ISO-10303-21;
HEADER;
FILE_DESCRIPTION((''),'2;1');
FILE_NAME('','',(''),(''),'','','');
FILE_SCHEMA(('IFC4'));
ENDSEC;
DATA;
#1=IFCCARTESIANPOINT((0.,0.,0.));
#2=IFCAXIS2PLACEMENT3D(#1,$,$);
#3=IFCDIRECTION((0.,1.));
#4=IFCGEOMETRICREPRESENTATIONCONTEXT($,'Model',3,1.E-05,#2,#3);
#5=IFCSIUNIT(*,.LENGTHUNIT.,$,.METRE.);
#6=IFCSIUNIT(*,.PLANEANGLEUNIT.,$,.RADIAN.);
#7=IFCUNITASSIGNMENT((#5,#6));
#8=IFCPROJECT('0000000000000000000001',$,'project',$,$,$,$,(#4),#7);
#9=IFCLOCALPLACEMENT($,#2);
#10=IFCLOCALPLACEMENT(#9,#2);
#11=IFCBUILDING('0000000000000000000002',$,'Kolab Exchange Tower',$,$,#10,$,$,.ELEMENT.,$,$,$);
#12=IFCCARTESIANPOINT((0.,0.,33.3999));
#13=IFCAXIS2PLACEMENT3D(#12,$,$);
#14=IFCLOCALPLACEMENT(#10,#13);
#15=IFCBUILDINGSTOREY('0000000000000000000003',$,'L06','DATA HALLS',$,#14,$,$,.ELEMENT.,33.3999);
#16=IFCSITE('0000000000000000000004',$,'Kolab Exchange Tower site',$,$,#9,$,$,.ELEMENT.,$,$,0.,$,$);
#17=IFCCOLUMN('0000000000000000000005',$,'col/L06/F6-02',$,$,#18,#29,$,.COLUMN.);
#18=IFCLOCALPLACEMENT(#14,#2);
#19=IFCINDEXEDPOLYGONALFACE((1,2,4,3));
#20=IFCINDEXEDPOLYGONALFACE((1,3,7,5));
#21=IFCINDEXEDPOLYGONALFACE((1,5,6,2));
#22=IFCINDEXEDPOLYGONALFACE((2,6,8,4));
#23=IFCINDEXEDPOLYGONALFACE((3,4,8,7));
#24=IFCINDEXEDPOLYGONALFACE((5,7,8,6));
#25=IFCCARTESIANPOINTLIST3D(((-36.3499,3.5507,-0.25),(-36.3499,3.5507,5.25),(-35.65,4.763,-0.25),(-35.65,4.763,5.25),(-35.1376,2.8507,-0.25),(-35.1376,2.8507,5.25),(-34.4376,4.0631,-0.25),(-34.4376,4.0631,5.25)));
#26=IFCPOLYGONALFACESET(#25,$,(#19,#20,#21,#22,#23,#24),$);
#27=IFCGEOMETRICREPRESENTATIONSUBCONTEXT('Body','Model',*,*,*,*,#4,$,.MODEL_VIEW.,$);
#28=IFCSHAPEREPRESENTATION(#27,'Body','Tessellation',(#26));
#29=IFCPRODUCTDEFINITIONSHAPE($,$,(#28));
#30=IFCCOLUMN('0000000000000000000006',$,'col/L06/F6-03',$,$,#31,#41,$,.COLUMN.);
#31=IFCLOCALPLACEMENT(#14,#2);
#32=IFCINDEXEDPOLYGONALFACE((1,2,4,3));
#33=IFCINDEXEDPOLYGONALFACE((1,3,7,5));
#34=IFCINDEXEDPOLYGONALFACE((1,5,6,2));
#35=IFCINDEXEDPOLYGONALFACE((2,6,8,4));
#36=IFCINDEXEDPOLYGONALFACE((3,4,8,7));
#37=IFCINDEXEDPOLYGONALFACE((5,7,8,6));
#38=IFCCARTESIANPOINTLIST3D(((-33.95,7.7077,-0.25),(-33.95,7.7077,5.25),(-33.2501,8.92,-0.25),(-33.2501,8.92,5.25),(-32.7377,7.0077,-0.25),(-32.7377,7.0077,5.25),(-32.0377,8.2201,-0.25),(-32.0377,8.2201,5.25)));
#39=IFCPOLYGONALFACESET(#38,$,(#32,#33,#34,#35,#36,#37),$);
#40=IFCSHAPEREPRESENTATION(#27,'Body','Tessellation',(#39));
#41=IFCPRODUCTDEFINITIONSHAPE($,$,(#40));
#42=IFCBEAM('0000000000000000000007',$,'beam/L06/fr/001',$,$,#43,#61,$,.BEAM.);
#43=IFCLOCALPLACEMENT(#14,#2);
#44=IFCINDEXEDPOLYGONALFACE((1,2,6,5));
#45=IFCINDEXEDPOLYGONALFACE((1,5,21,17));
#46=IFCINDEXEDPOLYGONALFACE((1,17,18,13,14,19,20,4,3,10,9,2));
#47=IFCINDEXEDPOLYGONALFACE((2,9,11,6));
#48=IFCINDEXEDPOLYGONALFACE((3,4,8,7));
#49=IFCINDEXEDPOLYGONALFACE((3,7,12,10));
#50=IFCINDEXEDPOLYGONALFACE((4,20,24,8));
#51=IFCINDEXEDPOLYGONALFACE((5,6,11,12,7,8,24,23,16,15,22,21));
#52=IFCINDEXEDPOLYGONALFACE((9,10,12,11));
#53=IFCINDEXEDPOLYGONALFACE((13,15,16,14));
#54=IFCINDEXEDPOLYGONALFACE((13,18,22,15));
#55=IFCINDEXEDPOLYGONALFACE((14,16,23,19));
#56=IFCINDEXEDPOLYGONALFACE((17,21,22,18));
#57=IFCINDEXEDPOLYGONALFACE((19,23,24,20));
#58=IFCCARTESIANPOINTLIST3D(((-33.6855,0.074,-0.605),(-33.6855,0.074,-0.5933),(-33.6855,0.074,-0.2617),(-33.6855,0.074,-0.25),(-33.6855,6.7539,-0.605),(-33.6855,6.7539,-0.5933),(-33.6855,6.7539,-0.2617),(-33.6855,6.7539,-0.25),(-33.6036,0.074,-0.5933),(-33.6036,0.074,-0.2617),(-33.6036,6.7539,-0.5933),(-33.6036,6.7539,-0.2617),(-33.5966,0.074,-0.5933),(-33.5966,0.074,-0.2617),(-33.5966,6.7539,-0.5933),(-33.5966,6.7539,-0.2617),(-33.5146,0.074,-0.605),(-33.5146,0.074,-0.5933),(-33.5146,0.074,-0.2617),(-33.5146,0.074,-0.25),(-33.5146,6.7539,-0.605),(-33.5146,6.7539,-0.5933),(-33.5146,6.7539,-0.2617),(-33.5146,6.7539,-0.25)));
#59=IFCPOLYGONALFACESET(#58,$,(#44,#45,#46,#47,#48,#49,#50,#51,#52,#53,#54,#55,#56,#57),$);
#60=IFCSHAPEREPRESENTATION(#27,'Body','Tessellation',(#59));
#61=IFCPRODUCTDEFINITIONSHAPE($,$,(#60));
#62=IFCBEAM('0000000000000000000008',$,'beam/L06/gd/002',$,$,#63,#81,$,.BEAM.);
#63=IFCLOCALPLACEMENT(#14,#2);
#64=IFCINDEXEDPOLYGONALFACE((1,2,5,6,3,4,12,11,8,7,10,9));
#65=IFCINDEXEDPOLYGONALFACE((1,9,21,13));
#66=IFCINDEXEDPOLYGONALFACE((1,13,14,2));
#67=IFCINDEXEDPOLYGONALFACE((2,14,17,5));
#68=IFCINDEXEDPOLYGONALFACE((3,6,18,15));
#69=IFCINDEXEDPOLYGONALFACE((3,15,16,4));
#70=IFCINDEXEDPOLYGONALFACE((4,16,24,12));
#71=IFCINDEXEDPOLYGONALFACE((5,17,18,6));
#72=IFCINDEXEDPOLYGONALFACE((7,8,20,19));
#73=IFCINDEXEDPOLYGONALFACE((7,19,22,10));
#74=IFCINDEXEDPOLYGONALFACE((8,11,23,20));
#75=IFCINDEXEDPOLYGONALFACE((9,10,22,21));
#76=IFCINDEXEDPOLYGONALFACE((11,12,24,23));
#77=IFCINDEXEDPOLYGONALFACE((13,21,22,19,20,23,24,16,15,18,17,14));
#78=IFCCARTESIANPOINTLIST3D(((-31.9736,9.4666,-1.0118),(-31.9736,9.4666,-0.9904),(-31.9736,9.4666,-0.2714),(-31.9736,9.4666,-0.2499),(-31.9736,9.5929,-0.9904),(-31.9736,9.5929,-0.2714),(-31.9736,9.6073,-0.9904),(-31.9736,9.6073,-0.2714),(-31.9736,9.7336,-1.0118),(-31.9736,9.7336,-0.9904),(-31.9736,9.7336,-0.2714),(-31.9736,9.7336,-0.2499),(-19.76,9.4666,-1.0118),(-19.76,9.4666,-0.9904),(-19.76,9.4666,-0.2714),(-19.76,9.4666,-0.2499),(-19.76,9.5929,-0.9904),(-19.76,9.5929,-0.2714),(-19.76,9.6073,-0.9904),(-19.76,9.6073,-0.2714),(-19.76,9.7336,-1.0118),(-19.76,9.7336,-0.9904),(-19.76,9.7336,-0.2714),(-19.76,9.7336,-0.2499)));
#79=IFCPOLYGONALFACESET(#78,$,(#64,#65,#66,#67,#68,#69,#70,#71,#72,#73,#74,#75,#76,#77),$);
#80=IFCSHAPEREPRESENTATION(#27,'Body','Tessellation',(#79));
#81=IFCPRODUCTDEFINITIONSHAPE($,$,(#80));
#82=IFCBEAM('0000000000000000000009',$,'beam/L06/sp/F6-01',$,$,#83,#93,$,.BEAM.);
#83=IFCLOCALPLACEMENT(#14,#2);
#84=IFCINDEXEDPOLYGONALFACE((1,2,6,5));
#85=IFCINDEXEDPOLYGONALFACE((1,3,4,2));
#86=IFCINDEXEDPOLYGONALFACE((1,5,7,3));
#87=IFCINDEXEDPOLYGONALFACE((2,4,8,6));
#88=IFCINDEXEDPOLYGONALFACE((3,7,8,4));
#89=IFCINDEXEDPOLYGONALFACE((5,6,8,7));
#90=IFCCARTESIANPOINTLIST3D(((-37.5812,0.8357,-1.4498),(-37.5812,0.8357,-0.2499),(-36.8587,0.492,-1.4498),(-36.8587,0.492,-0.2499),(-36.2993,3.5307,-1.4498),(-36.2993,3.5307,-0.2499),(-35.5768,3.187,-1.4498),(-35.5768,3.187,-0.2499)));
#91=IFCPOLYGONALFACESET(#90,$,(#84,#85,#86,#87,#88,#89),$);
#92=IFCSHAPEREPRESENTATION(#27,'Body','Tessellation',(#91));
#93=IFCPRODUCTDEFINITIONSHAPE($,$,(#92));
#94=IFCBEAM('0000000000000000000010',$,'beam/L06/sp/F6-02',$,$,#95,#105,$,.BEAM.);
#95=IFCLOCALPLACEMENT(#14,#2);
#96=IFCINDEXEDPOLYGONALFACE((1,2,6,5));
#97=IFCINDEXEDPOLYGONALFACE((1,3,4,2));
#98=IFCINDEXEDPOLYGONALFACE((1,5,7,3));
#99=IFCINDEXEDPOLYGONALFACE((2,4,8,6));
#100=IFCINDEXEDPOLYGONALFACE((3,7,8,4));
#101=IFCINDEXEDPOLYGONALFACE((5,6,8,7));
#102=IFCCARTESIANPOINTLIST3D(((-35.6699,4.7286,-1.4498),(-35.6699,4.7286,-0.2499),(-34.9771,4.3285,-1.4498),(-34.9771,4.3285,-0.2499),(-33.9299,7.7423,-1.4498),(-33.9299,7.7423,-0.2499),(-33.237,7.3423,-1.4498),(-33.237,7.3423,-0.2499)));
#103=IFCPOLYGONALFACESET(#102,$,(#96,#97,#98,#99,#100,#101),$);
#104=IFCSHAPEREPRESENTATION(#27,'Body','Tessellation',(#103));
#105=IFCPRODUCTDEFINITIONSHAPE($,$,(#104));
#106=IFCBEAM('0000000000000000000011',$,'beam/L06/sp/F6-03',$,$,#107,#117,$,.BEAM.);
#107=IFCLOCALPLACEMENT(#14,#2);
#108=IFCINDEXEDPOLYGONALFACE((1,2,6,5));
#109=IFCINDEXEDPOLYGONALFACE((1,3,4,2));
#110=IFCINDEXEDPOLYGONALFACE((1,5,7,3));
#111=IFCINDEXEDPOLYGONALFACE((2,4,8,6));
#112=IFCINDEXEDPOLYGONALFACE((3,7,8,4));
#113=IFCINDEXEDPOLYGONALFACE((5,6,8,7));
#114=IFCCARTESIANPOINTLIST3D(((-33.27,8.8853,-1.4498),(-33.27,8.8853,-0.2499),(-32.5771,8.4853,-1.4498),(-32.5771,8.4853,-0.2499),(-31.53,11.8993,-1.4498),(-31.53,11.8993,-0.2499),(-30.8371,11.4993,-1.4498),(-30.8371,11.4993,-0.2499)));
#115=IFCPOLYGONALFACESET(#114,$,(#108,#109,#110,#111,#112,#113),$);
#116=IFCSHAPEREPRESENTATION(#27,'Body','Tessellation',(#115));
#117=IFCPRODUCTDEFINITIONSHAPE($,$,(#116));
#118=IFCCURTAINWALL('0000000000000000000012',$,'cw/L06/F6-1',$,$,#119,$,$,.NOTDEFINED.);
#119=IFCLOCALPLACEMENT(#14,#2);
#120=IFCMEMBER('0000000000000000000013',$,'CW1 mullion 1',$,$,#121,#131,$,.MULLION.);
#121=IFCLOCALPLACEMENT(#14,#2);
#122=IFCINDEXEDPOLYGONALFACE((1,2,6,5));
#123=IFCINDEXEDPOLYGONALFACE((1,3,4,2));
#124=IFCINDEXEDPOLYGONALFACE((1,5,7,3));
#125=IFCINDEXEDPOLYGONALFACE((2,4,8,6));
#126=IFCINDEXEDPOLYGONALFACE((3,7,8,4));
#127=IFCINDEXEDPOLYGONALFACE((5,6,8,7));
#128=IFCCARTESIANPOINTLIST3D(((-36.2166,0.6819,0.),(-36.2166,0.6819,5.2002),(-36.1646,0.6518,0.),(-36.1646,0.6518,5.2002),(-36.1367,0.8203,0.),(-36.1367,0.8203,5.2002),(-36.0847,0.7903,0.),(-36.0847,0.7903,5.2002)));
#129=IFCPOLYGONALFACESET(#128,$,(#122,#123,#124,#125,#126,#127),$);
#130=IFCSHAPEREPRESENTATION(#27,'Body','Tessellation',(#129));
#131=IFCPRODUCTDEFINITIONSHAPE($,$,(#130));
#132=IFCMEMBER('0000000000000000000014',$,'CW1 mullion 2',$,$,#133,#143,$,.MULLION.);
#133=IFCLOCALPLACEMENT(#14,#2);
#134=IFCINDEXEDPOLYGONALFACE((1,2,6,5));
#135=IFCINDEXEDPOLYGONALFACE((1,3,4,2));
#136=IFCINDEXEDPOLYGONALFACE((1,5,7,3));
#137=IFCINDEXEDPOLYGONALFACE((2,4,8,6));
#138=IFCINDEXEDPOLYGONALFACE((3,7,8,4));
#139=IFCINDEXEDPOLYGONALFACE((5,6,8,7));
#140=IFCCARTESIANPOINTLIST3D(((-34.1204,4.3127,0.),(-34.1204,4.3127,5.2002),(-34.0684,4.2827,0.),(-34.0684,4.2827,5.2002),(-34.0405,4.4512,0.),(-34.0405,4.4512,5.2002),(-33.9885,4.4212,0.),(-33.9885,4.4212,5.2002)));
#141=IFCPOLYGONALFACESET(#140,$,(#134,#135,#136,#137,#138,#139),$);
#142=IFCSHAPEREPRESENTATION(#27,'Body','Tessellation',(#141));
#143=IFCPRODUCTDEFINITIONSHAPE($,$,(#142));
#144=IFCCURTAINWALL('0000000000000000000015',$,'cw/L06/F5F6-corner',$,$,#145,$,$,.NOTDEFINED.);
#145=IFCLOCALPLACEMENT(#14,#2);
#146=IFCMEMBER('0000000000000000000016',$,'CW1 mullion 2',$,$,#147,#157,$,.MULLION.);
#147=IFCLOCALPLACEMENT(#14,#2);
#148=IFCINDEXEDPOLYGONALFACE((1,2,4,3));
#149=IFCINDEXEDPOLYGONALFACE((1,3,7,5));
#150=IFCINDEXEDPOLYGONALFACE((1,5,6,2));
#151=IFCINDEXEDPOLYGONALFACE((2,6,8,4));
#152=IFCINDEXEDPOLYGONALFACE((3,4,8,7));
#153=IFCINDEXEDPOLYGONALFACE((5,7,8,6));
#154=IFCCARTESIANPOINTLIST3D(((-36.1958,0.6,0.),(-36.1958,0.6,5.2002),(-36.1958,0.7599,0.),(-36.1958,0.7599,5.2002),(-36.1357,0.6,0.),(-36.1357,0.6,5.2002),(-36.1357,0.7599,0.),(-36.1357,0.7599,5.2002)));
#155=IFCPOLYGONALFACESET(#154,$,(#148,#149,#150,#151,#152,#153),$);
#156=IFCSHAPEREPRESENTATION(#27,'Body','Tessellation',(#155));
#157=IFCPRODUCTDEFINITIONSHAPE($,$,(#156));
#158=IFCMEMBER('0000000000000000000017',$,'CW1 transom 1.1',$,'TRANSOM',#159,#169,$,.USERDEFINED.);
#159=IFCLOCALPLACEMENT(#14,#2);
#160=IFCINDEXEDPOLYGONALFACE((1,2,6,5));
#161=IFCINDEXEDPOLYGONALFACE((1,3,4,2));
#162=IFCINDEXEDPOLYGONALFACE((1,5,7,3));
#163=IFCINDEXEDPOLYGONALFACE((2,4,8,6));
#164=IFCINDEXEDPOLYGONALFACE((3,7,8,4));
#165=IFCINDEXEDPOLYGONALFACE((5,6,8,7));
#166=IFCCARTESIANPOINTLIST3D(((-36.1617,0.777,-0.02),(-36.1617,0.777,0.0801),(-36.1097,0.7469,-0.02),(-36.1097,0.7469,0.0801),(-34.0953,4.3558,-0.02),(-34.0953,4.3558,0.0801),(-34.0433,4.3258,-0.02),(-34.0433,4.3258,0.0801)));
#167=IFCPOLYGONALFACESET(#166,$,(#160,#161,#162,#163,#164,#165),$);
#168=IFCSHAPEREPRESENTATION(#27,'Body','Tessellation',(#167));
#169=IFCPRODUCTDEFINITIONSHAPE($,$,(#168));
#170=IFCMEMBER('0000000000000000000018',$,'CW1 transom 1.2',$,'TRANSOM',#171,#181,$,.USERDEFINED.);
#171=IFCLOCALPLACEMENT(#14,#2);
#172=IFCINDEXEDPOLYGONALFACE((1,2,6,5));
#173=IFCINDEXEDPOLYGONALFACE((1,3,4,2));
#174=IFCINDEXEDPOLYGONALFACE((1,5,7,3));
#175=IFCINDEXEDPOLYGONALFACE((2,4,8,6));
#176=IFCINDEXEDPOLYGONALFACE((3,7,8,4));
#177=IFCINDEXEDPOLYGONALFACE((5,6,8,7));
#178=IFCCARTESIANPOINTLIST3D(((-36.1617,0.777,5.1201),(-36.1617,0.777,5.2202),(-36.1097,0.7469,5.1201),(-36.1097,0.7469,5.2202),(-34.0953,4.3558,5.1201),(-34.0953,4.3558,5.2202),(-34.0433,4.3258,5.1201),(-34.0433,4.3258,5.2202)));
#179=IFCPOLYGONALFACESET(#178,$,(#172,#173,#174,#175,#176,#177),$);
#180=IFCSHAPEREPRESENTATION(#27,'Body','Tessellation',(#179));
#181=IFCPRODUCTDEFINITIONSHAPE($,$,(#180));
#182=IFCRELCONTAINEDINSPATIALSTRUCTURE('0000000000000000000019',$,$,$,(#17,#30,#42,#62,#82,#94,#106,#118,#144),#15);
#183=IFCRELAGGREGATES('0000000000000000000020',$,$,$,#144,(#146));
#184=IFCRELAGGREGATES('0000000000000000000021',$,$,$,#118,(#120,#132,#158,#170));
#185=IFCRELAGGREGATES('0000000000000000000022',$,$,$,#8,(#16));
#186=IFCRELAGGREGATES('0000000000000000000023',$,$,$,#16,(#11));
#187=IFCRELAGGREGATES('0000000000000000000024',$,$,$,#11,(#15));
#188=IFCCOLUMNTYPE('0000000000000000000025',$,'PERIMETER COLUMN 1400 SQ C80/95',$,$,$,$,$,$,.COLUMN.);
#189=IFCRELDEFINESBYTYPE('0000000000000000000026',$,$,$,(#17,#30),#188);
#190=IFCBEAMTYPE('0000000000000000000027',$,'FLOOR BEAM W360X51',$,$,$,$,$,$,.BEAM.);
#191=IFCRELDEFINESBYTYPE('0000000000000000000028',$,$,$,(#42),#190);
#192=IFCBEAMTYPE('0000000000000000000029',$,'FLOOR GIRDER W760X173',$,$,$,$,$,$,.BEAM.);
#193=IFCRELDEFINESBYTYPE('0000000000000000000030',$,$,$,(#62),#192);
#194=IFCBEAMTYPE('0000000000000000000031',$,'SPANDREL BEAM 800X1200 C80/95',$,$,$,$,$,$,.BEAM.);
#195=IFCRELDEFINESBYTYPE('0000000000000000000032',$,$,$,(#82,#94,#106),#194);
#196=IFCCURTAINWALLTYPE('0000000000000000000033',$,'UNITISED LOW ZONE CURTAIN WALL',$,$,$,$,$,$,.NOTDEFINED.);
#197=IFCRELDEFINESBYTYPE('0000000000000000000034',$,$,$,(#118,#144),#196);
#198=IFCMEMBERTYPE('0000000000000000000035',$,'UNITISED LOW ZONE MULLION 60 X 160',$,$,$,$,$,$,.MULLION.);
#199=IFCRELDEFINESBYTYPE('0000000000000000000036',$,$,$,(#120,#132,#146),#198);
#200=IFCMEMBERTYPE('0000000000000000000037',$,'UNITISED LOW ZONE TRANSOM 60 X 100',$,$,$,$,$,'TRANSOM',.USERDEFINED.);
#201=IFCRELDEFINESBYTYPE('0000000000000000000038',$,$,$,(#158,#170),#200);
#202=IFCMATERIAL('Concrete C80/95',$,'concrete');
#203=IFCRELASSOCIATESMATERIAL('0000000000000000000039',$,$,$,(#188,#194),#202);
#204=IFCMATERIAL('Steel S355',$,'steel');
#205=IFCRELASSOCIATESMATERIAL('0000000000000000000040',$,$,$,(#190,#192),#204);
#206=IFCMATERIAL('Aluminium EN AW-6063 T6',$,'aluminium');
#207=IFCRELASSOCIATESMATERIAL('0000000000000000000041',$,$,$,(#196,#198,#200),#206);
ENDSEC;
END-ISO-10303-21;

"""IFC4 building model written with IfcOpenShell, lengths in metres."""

from ifc_helpers import new_model, si_unit, direction, frame, origin, origin_2d, place, context, subcontext, project, spatial, rectangle, i_section, extrude, material, material_profile, profile_set, type_object, element, aggregate, save


model = new_model("IFC4")

# Units and contexts
model_context = context("Model", 3, precision=1e-05, world=origin(), true_north=direction((0.0, 1.0)))
body_context = subcontext(model_context, "Body", "Model", "MODEL_VIEW")
ifc_project = project(units=[si_unit("LENGTHUNIT", "METRE"), si_unit("PLANEANGLEUNIT", "RADIAN")], contexts=[model_context])

# Site, building, storey
site_placement = place(None, origin())
site = spatial("IfcSite", under=ifc_project, at=site_placement, Name="Kolab Exchange Tower site", CompositionType="ELEMENT", RefElevation=0.0)
building_placement = place(site_placement, origin())
building = spatial("IfcBuilding", under=site, at=building_placement, Name="Kolab Exchange Tower", CompositionType="ELEMENT")
storey_placement = place(building_placement, frame((0.0, 0.0, 33.3999)))
storey = spatial("IfcBuildingStorey", under=building, at=storey_placement, Name="L06", Description="DATA HALLS", CompositionType="ELEMENT", Elevation=33.3999)

# Columns
ifc_material_1 = material(Name="Concrete C80/95", Category="concrete")
ifc_material_profile_1 = material_profile(ifc_material_1, rectangle(XDim=1.3999, YDim=1.3999, at=origin_2d()), Name="RC1400")
ifc_profile_set_1 = profile_set([ifc_material_profile_1], Name="Concrete C80/95")
column_type = type_object("IfcColumnType", Name="PERIMETER COLUMN 1400 SQ C80/95", PredefinedType="COLUMN", material=ifc_profile_set_1)
for number, where, z_axis, x_axis, name in (
    (1, (-35.3938, 3.8069, -0.25), (0.0, 0.0, 1.0), (0.5, 0.866025, 0.0), "col/L06/F6-02"),
    (2, (-32.9939, 7.9639, -0.25), (0.0, 0.0, 1.0), (0.5, 0.866025, 0.0), "col/L06/F6-03"),
):
    element("IfcColumn", number, at=place(storey_placement, frame(where, z_axis=z_axis, x_axis=x_axis)), inside=storey, type_object=column_type, Name=name, PredefinedType="COLUMN", context=body_context, shape_type="SweptSolid", body=[
        extrude(rectangle(XDim=1.3999, YDim=1.3999, at=origin_2d()), origin(), (0.0, 0.0, 1.0), 5.5),
    ])

# Beams
ifc_material_2 = material(Name="Steel S355", Category="steel")
ifc_material_profile_2 = material_profile(ifc_material_2, i_section(OverallWidth=0.1709, OverallDepth=0.355, WebThickness=0.0071, FlangeThickness=0.0117, at=origin_2d()), Name="W360X51")
ifc_profile_set_2 = profile_set([ifc_material_profile_2], Name="Steel S355")
beam_type_1 = type_object("IfcBeamType", Name="FLOOR BEAM W360X51", PredefinedType="BEAM", material=ifc_profile_set_2)
beam_1_placement = place(storey_placement, frame((-33.6001, 0.074, -0.4275), z_axis=(0.0, 1.0, 0.0), x_axis=(-1.0, 0.0, 0.0)))
element("IfcBeam", 3, at=beam_1_placement, inside=storey, type_object=beam_type_1, Name="beam/L06/fr/001", PredefinedType="BEAM", context=body_context, shape_type="SweptSolid", body=[
    extrude(i_section(OverallWidth=0.1709, OverallDepth=0.355, WebThickness=0.0071, FlangeThickness=0.0117, at=origin_2d()), origin(), (0.0, 0.0, 1.0), 6.6799),
])
ifc_material_profile_3 = material_profile(ifc_material_2, i_section(OverallWidth=0.2671, OverallDepth=0.762, WebThickness=0.0144, FlangeThickness=0.0215, at=origin_2d()), Name="W760X173")
ifc_profile_set_3 = profile_set([ifc_material_profile_3], Name="Steel S355")
beam_type_2 = type_object("IfcBeamType", Name="FLOOR GIRDER W760X173", PredefinedType="BEAM", material=ifc_profile_set_3)
beam_2_placement = place(storey_placement, frame((-31.9736, 9.6001, -0.6309), z_axis=(1.0, 0.0, 0.0), x_axis=(0.0, 1.0, 0.0)))
element("IfcBeam", 4, at=beam_2_placement, inside=storey, type_object=beam_type_2, Name="beam/L06/gd/002", PredefinedType="BEAM", context=body_context, shape_type="SweptSolid", body=[
    extrude(i_section(OverallWidth=0.2671, OverallDepth=0.762, WebThickness=0.0144, FlangeThickness=0.0215, at=origin_2d()), origin(), (0.0, 0.0, 1.0), 12.2136),
])
ifc_material_profile_4 = material_profile(ifc_material_1, rectangle(XDim=0.8, YDim=1.2, at=origin_2d()), Name="RC800X1200")
ifc_profile_set_4 = profile_set([ifc_material_profile_4], Name="Concrete C80/95")
beam_type_3 = type_object("IfcBeamType", Name="SPANDREL BEAM 800X1200 C80/95", PredefinedType="BEAM", material=ifc_profile_set_4)
beam_3_placement = place(storey_placement, frame((-37.22, 0.6638, -0.8499), z_axis=(0.429556, 0.90304, 0.0), x_axis=(-0.90304, 0.429556, 0.0)))
element("IfcBeam", 5, at=beam_3_placement, inside=storey, type_object=beam_type_3, Name="beam/L06/sp/F6-01", PredefinedType="BEAM", context=body_context, shape_type="SweptSolid", body=[
    extrude(rectangle(XDim=0.8, YDim=1.2, at=origin_2d()), origin(), (0.0, 0.0, 1.0), 2.9844),
])
beam_4_placement = place(storey_placement, frame((-35.3235, 4.5286, -0.8499), z_axis=(0.50001, 0.86602, 0.0), x_axis=(-0.86602, 0.50001, 0.0)))
element("IfcBeam", 6, at=beam_4_placement, inside=storey, type_object=beam_type_3, Name="beam/L06/sp/F6-02", PredefinedType="BEAM", context=body_context, shape_type="SweptSolid", body=[
    extrude(rectangle(XDim=0.8, YDim=1.2, at=origin_2d()), origin(), (0.0, 0.0, 1.0), 3.48),
])
beam_5_placement = place(storey_placement, frame((-32.9236, 8.6853, -0.8499), z_axis=(0.49998, 0.866037, 0.0), x_axis=(-0.866037, 0.49998, 0.0)))
element("IfcBeam", 7, at=beam_5_placement, inside=storey, type_object=beam_type_3, Name="beam/L06/sp/F6-03", PredefinedType="BEAM", context=body_context, shape_type="SweptSolid", body=[
    extrude(rectangle(XDim=0.8, YDim=1.2, at=origin_2d()), origin(), (0.0, 0.0, 1.0), 3.4802),
])

# Curtain wall, members
ifc_material_3 = material(Name="Aluminium EN AW-6063 T6", Category="aluminium")
curtain_wall_type = type_object("IfcCurtainWallType", Name="UNITISED LOW ZONE CURTAIN WALL", PredefinedType="NOTDEFINED", material=ifc_material_3)
curtain_wall_1_placement = place(storey_placement, origin())
curtain_wall_1 = element("IfcCurtainWall", 8, at=curtain_wall_1_placement, inside=storey, type_object=curtain_wall_type, Name="cw/L06/F6-1", PredefinedType="NOTDEFINED")
ifc_material_profile_5 = material_profile(ifc_material_3, rectangle(XDim=0.0601, YDim=0.1599, at=origin_2d()), Name="RECT 60X160")
ifc_profile_set_5 = profile_set([ifc_material_profile_5], Name="Aluminium EN AW-6063 T6")
member_type_1 = type_object("IfcMemberType", Name="UNITISED LOW ZONE MULLION 60 X 160", PredefinedType="MULLION", material=ifc_profile_set_5)
member_1_placement = place(storey_placement, frame((-36.1506, 0.7361, 0.0), z_axis=(0.0, 0.0, 1.0), x_axis=(-0.866025, 0.5, 0.0)))
member_1 = element("IfcMember", 9, at=member_1_placement, type_object=member_type_1, Name="CW1 mullion 1", PredefinedType="MULLION", context=body_context, shape_type="SweptSolid", body=[
    extrude(rectangle(XDim=0.0601, YDim=0.1599, at=origin_2d()), origin(), (0.0, 0.0, 1.0), 5.2002),
])
member_2_placement = place(storey_placement, frame((-34.0544, 4.3669, 0.0), z_axis=(0.0, 0.0, 1.0), x_axis=(-0.866025, 0.5, 0.0)))
member_2 = element("IfcMember", 10, at=member_2_placement, type_object=member_type_1, Name="CW1 mullion 2", PredefinedType="MULLION", context=body_context, shape_type="SweptSolid", body=[
    extrude(rectangle(XDim=0.0601, YDim=0.1599, at=origin_2d()), origin(), (0.0, 0.0, 1.0), 5.2002),
])

# Curtain wall, member
curtain_wall_2_placement = place(storey_placement, origin())
curtain_wall_2 = element("IfcCurtainWall", 11, at=curtain_wall_2_placement, inside=storey, type_object=curtain_wall_type, Name="cw/L06/F5F6-corner", PredefinedType="NOTDEFINED")
member_3_placement = place(storey_placement, frame((-36.1658, 0.6799, 0.0), z_axis=(0.0, 0.0, 1.0), x_axis=(-1.0, 0.0, 0.0)))
member_3 = element("IfcMember", 12, at=member_3_placement, type_object=member_type_1, Name="CW1 mullion 2", PredefinedType="MULLION", context=body_context, shape_type="SweptSolid", body=[
    extrude(rectangle(XDim=0.0601, YDim=0.1599, at=origin_2d()), origin(), (0.0, 0.0, 1.0), 5.2002),
])
aggregate(curtain_wall_2, [member_3])

# Members
ifc_material_profile_6 = material_profile(ifc_material_3, rectangle(XDim=0.0601, YDim=0.1001, at=origin_2d()), Name="RECT 60X100")
ifc_profile_set_6 = profile_set([ifc_material_profile_6], Name="Aluminium EN AW-6063 T6")
member_type_2 = type_object("IfcMemberType", Name="UNITISED LOW ZONE TRANSOM 60 X 100", ElementType="TRANSOM", PredefinedType="USERDEFINED", material=ifc_profile_set_6)
member_4_placement = place(storey_placement, frame((-36.1357, 0.762, 0.03), z_axis=(0.500028, 0.866009, 0.0), x_axis=(-0.866009, 0.500028, 0.0)))
member_4 = element("IfcMember", 13, at=member_4_placement, type_object=member_type_2, Name="CW1 transom 1.1", ObjectType="TRANSOM", PredefinedType="USERDEFINED", context=body_context, shape_type="SweptSolid", body=[
    extrude(rectangle(XDim=0.0601, YDim=0.1001, at=origin_2d()), origin(), (0.0, 0.0, 1.0), 4.1326),
])
member_5_placement = place(storey_placement, frame((-36.1357, 0.762, 5.1702), z_axis=(0.500028, 0.866009, 0.0), x_axis=(-0.866009, 0.500028, 0.0)))
member_5 = element("IfcMember", 14, at=member_5_placement, type_object=member_type_2, Name="CW1 transom 1.2", ObjectType="TRANSOM", PredefinedType="USERDEFINED", context=body_context, shape_type="SweptSolid", body=[
    extrude(rectangle(XDim=0.0601, YDim=0.1001, at=origin_2d()), origin(), (0.0, 0.0, 1.0), 4.1326),
])

aggregate(curtain_wall_1, [member_1, member_2, member_4, member_5])

save(model, "model.ifc")
